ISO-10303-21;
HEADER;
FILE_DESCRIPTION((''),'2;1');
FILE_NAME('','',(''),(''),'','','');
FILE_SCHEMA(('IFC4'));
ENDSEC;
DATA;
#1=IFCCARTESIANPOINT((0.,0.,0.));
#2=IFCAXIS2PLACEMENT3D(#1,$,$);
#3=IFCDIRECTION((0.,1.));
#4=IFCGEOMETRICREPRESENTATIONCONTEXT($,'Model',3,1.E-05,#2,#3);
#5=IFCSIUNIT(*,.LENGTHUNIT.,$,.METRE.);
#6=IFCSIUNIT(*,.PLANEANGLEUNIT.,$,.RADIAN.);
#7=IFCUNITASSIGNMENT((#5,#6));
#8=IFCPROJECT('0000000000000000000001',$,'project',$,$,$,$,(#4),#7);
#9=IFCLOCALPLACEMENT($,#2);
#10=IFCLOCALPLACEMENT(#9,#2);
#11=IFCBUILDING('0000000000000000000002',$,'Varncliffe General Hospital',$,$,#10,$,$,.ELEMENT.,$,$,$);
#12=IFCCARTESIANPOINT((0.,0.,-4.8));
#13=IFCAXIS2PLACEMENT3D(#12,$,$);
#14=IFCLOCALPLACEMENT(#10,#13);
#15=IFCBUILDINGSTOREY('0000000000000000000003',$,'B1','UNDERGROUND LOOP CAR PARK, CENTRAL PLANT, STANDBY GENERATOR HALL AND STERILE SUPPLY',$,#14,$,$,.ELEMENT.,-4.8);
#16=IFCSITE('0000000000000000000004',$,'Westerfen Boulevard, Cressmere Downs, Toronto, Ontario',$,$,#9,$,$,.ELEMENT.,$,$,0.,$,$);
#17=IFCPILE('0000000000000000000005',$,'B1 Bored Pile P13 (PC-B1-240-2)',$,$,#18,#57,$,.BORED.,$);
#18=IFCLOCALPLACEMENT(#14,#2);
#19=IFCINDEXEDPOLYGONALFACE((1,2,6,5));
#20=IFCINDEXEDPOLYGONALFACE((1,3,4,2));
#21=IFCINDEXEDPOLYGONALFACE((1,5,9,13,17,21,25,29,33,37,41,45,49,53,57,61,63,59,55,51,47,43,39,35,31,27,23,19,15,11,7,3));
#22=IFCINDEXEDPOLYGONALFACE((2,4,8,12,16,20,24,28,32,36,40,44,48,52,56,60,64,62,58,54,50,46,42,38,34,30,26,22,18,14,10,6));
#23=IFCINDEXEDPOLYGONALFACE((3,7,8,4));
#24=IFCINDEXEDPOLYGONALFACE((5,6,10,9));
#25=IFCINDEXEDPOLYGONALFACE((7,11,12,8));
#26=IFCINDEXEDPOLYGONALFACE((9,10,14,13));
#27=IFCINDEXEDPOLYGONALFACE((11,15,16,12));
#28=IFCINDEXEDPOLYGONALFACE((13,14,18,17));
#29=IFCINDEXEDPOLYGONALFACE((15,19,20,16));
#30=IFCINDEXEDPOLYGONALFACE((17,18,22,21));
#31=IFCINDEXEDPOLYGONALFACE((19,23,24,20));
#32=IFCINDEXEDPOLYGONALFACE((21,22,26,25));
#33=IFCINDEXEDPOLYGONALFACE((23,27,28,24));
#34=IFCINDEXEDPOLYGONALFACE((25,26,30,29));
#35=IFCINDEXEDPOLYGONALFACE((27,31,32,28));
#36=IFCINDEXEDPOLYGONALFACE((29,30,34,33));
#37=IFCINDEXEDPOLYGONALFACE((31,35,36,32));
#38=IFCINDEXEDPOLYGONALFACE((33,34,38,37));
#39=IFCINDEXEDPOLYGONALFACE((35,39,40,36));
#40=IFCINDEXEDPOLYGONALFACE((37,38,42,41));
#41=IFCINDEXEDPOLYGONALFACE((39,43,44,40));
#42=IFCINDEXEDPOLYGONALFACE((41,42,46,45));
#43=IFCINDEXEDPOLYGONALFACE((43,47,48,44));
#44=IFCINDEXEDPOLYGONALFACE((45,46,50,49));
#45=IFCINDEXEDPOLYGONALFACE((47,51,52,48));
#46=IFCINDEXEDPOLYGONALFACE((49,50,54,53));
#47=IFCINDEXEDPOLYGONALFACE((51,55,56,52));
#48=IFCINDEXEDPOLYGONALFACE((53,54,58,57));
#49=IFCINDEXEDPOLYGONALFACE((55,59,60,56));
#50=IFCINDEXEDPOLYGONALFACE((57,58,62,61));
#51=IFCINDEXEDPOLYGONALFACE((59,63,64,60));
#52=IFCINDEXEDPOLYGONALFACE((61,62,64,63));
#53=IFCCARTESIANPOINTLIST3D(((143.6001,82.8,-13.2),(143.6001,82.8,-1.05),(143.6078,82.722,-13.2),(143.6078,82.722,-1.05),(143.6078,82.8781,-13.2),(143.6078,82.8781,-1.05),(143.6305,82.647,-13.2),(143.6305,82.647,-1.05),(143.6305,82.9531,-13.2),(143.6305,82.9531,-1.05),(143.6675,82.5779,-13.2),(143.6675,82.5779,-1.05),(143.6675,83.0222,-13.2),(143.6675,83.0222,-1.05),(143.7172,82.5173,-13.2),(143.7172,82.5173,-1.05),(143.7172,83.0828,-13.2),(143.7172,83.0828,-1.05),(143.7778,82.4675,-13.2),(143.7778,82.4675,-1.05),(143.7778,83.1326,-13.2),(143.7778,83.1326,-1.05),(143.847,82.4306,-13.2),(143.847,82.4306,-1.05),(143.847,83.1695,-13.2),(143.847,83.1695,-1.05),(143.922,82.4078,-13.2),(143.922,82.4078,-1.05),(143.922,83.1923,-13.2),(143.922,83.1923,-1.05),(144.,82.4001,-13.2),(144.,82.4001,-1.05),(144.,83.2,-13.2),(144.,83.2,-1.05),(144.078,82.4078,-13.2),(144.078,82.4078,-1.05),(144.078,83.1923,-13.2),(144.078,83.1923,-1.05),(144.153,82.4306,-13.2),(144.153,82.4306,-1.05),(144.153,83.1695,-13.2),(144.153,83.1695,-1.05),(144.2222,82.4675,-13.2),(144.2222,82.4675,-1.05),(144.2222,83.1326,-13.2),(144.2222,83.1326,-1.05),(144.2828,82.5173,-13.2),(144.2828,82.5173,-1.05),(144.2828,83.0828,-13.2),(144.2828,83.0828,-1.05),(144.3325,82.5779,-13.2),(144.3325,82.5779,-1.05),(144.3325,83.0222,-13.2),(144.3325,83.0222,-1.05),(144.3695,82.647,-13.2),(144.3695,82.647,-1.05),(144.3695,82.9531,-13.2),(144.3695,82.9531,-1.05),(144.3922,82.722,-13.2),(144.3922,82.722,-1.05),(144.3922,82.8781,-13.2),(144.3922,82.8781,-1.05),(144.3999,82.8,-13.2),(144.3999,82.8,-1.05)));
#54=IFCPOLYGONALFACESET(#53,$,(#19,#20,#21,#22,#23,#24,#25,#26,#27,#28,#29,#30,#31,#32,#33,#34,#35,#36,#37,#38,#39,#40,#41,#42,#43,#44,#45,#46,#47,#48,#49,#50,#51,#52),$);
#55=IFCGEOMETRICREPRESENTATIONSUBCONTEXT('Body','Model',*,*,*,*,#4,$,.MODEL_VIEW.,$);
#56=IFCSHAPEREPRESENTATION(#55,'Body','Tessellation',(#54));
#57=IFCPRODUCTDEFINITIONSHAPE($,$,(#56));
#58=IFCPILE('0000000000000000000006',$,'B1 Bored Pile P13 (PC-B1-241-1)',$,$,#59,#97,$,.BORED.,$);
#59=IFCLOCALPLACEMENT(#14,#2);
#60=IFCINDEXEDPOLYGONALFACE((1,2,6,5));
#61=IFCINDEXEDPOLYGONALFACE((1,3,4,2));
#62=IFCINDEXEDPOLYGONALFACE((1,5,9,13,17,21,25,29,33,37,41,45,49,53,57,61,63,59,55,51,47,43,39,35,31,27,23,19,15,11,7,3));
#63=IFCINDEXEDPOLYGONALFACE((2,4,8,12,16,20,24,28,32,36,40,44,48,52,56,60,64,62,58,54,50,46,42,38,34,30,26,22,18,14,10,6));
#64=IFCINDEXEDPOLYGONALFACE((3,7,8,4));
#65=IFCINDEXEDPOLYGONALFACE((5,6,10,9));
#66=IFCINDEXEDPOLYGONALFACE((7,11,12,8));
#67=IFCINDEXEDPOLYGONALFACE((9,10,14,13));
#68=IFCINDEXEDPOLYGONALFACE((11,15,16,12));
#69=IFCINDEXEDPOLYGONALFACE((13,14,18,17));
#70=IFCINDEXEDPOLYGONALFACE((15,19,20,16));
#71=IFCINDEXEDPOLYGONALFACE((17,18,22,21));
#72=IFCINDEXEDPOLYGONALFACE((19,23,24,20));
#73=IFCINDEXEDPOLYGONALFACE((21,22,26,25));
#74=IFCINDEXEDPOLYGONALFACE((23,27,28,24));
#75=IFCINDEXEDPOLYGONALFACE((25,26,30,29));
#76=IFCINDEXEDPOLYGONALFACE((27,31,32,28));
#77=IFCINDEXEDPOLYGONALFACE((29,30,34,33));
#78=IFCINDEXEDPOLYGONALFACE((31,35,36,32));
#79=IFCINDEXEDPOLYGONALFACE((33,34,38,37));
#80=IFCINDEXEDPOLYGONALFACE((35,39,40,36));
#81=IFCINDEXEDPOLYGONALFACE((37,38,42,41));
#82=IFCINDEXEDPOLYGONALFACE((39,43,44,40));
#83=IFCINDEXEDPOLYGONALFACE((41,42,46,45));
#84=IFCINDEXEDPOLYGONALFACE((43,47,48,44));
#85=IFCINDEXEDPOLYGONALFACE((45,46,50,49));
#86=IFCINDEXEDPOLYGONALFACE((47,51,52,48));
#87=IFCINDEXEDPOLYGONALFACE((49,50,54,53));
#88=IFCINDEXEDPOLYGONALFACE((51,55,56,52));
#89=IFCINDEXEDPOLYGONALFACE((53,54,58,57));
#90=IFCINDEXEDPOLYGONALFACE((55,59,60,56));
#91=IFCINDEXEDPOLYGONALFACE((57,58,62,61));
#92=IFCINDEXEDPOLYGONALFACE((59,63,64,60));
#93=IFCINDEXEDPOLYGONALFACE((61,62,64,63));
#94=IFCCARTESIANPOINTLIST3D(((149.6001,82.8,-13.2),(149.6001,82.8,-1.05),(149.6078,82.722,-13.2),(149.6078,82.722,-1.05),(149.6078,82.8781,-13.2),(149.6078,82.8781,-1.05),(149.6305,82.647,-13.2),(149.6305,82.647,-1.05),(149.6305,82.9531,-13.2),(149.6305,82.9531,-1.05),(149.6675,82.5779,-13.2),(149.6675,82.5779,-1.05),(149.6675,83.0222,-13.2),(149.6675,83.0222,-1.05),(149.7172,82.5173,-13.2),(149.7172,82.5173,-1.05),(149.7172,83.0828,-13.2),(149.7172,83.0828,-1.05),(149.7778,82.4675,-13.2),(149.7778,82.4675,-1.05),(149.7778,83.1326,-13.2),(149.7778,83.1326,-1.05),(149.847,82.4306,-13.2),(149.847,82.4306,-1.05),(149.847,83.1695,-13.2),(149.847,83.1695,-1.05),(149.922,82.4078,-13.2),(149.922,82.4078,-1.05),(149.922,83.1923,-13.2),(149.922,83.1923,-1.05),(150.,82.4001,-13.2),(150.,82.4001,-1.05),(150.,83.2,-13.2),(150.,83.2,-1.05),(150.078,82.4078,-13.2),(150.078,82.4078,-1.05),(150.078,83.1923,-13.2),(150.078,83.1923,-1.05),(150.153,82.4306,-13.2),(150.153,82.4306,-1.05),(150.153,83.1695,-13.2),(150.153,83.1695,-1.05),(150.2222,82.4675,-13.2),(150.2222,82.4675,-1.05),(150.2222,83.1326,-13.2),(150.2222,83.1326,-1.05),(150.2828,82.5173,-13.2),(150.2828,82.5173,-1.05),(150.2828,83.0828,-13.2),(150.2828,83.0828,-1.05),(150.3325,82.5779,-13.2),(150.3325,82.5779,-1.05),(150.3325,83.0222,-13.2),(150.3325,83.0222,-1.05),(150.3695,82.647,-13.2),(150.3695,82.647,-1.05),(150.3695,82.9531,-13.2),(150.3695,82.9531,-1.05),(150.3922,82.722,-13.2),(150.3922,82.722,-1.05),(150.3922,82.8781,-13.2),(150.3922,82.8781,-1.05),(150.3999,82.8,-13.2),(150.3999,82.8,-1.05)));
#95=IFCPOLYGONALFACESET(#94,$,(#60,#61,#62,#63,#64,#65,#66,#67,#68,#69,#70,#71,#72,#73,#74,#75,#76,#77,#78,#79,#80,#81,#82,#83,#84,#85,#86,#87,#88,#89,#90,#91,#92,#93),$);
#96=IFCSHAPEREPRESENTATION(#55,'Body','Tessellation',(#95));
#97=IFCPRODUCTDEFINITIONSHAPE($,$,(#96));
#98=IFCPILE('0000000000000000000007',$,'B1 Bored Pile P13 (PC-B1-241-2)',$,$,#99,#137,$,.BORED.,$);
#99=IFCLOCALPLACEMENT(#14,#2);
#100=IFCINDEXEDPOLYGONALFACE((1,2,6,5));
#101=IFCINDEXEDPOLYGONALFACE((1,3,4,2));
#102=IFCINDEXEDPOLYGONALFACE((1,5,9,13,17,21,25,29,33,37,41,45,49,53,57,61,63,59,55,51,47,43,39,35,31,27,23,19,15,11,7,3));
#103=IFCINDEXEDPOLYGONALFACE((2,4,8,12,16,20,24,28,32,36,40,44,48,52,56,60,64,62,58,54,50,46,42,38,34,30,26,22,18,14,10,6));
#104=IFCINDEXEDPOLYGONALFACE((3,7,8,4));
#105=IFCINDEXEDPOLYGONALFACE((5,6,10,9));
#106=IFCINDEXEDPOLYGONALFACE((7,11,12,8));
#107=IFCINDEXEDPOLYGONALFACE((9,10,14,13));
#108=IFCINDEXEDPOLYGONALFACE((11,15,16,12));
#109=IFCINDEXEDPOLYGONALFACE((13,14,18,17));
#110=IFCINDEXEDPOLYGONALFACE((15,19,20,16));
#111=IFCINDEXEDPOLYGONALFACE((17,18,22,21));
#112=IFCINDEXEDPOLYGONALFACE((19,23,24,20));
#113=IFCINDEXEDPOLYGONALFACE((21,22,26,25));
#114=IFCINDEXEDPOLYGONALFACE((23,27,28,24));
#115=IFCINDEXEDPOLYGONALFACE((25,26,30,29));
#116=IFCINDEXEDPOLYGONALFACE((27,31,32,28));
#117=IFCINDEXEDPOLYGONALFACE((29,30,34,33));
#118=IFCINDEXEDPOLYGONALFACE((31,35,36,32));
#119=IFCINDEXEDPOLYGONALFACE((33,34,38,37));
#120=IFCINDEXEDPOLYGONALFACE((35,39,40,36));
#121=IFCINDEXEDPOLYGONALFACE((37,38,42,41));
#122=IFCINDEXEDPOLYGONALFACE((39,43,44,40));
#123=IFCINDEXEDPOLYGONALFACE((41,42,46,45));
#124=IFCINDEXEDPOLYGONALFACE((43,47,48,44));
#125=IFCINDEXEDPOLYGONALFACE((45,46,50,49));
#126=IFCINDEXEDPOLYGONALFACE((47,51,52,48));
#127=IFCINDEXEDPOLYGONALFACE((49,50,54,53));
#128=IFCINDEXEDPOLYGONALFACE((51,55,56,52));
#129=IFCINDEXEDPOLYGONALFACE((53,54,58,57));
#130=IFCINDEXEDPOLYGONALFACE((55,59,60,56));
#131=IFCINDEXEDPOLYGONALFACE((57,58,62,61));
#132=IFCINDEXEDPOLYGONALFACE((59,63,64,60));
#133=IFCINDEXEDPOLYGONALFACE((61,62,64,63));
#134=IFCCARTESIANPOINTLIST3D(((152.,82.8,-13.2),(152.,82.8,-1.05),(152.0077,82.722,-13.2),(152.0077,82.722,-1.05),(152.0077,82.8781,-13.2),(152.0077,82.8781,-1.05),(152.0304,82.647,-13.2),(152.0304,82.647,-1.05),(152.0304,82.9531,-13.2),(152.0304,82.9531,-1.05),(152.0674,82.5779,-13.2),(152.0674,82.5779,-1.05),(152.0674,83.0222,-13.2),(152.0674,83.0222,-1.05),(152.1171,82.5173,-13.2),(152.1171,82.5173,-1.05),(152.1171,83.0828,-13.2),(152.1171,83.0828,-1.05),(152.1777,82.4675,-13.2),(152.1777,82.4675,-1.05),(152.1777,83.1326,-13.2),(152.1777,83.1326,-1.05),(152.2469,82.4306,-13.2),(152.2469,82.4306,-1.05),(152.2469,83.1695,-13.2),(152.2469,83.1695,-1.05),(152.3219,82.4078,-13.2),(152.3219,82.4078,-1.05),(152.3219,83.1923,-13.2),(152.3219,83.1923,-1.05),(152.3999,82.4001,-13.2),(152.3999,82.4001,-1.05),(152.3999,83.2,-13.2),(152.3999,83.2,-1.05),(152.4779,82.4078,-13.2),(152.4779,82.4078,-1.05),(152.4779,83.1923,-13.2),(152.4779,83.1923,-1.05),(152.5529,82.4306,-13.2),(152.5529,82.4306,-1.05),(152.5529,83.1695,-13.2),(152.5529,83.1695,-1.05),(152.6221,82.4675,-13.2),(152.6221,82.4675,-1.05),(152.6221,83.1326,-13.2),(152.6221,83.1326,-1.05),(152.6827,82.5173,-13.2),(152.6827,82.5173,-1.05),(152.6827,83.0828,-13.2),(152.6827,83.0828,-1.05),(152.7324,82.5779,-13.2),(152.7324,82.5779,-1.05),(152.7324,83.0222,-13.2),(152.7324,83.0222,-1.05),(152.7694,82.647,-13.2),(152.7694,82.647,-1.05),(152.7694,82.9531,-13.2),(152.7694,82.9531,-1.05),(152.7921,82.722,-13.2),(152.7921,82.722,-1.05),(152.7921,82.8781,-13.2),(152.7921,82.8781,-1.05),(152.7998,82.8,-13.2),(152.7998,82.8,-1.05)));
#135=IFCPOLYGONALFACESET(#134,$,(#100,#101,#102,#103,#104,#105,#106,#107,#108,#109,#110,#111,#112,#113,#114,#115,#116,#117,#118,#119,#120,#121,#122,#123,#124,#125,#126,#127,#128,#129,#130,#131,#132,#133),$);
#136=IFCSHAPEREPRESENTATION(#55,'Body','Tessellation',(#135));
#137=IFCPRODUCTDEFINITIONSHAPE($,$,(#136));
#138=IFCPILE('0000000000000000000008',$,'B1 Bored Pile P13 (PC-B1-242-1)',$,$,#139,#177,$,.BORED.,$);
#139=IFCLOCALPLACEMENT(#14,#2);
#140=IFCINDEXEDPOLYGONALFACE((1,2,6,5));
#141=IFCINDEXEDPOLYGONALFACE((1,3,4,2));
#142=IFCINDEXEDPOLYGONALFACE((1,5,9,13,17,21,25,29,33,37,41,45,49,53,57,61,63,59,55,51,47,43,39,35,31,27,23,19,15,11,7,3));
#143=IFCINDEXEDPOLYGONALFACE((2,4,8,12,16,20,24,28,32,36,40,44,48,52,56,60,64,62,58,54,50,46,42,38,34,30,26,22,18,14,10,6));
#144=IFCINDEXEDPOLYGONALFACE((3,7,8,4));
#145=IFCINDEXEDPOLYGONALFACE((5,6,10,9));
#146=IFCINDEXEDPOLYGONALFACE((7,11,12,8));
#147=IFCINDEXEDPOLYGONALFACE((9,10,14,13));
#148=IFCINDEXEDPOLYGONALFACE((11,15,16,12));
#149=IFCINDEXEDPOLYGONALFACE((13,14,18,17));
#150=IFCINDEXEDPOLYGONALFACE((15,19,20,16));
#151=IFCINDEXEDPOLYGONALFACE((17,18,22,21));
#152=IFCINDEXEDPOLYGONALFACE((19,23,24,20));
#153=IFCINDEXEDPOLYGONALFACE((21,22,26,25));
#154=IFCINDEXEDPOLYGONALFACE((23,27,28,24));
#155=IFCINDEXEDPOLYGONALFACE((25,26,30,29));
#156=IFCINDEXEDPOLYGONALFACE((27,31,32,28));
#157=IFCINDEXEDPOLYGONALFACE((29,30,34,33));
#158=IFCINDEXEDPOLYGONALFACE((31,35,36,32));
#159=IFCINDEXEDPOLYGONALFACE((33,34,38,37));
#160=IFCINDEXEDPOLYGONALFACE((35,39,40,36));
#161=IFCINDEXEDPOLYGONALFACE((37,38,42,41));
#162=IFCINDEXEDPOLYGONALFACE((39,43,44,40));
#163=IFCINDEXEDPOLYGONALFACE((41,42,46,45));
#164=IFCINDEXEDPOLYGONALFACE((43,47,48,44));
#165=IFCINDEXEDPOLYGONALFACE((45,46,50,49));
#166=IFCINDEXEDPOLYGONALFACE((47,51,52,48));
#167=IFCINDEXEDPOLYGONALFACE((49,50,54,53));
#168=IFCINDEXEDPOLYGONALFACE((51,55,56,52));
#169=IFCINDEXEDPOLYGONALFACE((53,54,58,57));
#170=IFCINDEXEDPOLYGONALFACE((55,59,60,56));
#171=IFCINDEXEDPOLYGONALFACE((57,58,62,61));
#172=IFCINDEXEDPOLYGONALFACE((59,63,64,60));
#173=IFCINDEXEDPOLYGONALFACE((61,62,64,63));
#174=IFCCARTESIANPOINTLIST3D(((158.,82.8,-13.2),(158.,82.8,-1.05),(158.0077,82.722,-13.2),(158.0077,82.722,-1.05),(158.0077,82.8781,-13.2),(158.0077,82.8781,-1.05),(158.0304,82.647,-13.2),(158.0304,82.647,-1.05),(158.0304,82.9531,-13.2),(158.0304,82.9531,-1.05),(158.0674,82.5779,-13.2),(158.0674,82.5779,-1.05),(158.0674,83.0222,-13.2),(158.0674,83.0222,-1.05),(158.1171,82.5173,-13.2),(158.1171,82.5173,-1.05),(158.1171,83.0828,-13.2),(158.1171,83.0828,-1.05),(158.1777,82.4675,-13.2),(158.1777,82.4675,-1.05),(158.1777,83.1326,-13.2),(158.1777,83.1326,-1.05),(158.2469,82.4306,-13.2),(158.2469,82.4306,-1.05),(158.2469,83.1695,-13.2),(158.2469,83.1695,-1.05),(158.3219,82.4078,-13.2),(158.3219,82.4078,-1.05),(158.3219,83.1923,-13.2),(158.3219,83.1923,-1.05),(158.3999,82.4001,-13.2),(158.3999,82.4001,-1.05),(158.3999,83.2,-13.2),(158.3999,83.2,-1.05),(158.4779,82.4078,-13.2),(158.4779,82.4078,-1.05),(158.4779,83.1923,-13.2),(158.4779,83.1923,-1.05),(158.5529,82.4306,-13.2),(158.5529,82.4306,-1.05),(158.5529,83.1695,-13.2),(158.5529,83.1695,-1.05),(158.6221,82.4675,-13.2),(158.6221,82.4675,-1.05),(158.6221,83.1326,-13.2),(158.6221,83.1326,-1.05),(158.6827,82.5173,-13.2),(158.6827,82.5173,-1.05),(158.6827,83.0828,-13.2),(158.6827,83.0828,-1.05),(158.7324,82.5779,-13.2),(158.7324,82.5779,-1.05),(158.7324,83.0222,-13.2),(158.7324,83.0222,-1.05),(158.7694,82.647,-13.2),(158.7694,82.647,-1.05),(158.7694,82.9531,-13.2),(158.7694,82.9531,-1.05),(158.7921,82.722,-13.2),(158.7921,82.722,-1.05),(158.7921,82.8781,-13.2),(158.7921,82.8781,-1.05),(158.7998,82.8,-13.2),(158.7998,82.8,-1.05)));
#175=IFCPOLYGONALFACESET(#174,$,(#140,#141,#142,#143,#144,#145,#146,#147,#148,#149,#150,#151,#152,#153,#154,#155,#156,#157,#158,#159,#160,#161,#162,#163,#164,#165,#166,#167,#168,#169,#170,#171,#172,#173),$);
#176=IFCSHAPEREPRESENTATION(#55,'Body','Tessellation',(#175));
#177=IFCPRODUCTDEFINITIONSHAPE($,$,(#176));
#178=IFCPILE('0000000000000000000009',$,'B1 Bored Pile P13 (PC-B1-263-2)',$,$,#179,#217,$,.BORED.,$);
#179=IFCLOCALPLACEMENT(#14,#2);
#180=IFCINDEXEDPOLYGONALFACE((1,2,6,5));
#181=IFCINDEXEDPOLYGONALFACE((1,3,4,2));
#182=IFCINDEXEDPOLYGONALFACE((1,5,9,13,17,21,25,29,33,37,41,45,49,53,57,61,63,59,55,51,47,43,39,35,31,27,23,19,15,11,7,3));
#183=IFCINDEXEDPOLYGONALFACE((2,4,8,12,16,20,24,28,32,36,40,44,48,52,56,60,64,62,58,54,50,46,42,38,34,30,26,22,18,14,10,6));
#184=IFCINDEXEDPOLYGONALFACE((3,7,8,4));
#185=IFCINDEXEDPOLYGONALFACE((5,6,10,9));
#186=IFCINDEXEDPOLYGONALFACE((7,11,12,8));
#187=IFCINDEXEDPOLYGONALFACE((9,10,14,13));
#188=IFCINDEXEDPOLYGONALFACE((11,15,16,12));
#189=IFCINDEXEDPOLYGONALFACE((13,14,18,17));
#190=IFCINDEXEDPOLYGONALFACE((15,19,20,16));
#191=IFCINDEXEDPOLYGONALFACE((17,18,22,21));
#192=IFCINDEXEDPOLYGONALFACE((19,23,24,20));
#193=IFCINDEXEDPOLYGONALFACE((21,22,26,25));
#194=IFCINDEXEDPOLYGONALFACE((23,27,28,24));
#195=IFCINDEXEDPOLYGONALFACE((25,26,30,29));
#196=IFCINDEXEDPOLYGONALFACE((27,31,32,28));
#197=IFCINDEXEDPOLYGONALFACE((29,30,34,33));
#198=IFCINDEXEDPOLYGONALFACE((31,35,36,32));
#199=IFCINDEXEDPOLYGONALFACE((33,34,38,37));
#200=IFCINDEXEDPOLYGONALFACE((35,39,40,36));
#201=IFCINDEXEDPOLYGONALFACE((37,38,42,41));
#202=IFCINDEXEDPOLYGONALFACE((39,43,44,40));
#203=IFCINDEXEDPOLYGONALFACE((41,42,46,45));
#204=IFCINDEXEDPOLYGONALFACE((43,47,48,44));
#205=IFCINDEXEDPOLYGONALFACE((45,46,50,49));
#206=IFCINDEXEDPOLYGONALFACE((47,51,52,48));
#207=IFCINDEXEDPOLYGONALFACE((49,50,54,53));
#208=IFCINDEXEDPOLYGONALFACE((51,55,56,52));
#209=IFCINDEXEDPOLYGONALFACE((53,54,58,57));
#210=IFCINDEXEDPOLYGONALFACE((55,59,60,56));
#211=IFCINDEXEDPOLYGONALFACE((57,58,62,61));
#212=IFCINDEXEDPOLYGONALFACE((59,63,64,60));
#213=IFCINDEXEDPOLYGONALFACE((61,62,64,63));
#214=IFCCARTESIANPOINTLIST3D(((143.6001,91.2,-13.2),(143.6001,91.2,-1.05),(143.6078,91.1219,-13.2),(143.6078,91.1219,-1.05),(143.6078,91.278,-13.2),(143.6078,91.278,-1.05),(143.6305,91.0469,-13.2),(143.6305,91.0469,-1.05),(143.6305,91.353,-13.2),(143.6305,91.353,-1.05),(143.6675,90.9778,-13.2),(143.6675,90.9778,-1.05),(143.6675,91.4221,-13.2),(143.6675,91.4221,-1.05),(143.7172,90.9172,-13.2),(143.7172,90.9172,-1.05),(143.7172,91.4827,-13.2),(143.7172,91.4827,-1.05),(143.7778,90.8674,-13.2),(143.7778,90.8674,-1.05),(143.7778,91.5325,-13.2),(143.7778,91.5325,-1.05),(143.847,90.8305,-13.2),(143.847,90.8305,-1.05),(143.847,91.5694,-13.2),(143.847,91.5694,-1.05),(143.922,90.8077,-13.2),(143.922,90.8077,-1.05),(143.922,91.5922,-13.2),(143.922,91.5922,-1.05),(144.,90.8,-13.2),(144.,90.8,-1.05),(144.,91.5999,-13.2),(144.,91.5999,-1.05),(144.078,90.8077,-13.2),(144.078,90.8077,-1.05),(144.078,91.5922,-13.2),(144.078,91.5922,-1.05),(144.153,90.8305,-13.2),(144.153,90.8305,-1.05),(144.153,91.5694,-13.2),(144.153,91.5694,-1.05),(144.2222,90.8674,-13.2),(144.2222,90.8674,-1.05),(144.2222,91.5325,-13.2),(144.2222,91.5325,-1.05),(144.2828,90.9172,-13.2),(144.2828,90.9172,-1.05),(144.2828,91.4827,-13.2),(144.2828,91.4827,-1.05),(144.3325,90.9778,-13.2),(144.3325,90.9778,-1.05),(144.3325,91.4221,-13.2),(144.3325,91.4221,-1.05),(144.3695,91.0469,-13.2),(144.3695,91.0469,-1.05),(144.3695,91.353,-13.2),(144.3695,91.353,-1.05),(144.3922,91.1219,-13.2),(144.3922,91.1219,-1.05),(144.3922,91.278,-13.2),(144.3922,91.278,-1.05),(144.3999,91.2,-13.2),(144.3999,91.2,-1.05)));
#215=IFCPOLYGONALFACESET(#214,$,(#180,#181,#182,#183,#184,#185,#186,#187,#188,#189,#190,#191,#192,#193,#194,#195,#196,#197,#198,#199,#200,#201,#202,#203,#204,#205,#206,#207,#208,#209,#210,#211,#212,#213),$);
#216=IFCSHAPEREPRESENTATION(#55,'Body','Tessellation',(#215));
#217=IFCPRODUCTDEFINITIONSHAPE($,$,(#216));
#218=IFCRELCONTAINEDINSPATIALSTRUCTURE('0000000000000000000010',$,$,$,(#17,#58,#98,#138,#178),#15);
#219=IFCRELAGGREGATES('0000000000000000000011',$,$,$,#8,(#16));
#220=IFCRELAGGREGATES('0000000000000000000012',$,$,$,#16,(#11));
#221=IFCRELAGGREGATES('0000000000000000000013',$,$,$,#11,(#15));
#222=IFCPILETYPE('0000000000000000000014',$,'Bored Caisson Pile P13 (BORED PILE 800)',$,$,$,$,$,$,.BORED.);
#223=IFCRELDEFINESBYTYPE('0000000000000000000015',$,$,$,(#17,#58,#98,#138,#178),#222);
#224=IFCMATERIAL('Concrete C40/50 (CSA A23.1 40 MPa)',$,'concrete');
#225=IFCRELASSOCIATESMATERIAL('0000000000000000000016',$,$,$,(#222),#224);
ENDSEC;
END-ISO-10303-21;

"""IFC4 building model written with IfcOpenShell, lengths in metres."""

from ifc_helpers import new_model, si_unit, direction, frame, origin, origin_2d, place, context, subcontext, project, spatial, circle, extrude, material, material_profile, profile_set, type_object, element, save


model = new_model("IFC4")

# Units and contexts
model_context = context("Model", 3, precision=1e-05, world=origin(), true_north=direction((0.0, 1.0)))
body_context = subcontext(model_context, "Body", "Model", "MODEL_VIEW")
ifc_project = project(units=[si_unit("LENGTHUNIT", "METRE"), si_unit("PLANEANGLEUNIT", "RADIAN")], contexts=[model_context])

# Site, building, storey
site_placement = place(None, origin())
site = spatial("IfcSite", under=ifc_project, at=site_placement, Name="Westerfen Boulevard, Cressmere Downs, Toronto, Ontario", CompositionType="ELEMENT", RefElevation=0.0)
building_placement = place(site_placement, origin())
building = spatial("IfcBuilding", under=site, at=building_placement, Name="Varncliffe General Hospital", CompositionType="ELEMENT")
storey_placement = place(building_placement, frame((0.0, 0.0, -4.8)))
storey = spatial("IfcBuildingStorey", under=building, at=storey_placement, Name="B1", Description="UNDERGROUND LOOP CAR PARK, CENTRAL PLANT, STANDBY GENERATOR HALL AND STERILE SUPPLY", CompositionType="ELEMENT", Elevation=-4.8)

# Piles
ifc_material_1 = material(Name="Concrete C40/50 (CSA A23.1 40 MPa)", Category="concrete")
ifc_material_profile_1 = material_profile(ifc_material_1, circle(Radius=0.3999, at=origin_2d()), Name="BORED PILE 800")
ifc_profile_set_1 = profile_set([ifc_material_profile_1], Name="Concrete C40/50 (CSA A23.1 40 MPa)")
pile_type_1 = type_object("IfcPileType", Name="Bored Caisson Pile P13 (BORED PILE 800)", PredefinedType="BORED", material=ifc_profile_set_1)
for number, where, z_axis, x_axis, name in (
    (1, (144.0, 82.8, -1.05), (0.0, 0.0, -1.0), (1.0, 0.0, 0.0), "B1 Bored Pile P13 (PC-B1-240-2)"),
    (2, (150.0, 82.8, -1.05), (0.0, 0.0, -1.0), (1.0, 0.0, 0.0), "B1 Bored Pile P13 (PC-B1-241-1)"),
    (3, (152.3999, 82.8, -1.05), (0.0, 0.0, -1.0), (1.0, 0.0, 0.0), "B1 Bored Pile P13 (PC-B1-241-2)"),
    (4, (158.3999, 82.8, -1.05), (0.0, 0.0, -1.0), (1.0, 0.0, 0.0), "B1 Bored Pile P13 (PC-B1-242-1)"),
    (5, (144.0, 91.2, -1.05), (0.0, 0.0, -1.0), (1.0, 0.0, 0.0), "B1 Bored Pile P13 (PC-B1-263-2)"),
):
    element("IfcPile", number, at=place(storey_placement, frame(where, z_axis=z_axis, x_axis=x_axis)), inside=storey, type_object=pile_type_1, Name=name, PredefinedType="BORED", context=body_context, shape_type="SweptSolid", body=[
        extrude(circle(Radius=0.3999, at=origin_2d()), origin(), (0.0, 0.0, 1.0), 12.1499),
    ])

save(model, "model.ifc")
